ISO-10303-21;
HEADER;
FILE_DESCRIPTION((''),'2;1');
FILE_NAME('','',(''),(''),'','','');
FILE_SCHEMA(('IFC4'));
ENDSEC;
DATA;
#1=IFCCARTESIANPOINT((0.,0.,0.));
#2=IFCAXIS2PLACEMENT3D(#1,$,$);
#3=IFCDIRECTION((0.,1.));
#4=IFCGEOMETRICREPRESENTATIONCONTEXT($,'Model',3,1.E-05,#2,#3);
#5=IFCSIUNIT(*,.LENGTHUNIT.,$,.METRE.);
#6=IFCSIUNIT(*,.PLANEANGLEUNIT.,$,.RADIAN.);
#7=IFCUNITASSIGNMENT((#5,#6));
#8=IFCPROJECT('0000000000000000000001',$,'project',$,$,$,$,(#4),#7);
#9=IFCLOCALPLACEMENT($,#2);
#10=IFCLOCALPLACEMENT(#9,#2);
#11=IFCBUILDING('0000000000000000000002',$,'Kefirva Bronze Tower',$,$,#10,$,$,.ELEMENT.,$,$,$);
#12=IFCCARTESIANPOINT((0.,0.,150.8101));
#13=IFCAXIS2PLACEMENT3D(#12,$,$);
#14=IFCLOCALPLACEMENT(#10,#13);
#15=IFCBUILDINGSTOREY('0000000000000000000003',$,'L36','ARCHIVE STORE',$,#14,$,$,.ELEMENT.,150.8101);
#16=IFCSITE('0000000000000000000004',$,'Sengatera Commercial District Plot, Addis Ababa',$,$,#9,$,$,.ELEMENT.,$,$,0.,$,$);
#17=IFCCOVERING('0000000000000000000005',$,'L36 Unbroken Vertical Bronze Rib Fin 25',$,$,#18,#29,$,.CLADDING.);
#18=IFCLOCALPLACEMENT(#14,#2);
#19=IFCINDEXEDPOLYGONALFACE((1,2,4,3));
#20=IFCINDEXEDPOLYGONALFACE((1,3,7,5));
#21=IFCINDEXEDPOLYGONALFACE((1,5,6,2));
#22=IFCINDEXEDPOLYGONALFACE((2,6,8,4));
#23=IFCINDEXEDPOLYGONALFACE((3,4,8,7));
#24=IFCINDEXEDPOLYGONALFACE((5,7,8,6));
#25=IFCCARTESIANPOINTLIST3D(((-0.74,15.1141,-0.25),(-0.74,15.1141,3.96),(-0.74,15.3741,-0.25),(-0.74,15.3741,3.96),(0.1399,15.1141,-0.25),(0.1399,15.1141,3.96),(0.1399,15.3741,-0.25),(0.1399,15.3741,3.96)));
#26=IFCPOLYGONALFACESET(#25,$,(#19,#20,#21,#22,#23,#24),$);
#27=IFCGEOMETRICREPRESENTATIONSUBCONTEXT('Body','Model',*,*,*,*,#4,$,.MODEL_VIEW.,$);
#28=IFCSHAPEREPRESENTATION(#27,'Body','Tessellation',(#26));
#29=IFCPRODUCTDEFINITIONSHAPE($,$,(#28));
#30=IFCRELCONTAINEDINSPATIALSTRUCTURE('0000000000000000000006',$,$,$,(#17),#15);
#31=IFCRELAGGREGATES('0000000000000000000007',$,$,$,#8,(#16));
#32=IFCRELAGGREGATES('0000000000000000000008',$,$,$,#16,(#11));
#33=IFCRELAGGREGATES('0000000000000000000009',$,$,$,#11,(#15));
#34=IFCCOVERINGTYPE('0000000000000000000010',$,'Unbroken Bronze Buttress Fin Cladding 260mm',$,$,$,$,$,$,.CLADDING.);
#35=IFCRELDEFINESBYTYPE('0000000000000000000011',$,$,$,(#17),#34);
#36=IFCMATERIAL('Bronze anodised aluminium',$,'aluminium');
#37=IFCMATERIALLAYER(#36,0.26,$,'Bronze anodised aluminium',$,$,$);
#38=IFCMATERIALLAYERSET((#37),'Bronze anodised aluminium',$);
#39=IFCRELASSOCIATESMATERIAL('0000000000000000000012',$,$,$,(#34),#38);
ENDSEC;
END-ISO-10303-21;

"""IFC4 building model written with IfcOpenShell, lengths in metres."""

from ifc_helpers import new_model, si_unit, direction, frame, origin, origin_2d, place, context, subcontext, project, spatial, rectangle, extrude, material, layer, layer_set, type_object, element, save


model = new_model("IFC4")

# Units and contexts
model_context = context("Model", 3, precision=1e-05, world=origin(), true_north=direction((0.0, 1.0)))
body_context = subcontext(model_context, "Body", "Model", "MODEL_VIEW")
ifc_project = project(units=[si_unit("LENGTHUNIT", "METRE"), si_unit("PLANEANGLEUNIT", "RADIAN")], contexts=[model_context])

# Site, building, storey
site_placement = place(None, origin())
site = spatial("IfcSite", under=ifc_project, at=site_placement, Name="Sengatera Commercial District Plot, Addis Ababa", CompositionType="ELEMENT", RefElevation=0.0)
building_placement = place(site_placement, origin())
building = spatial("IfcBuilding", under=site, at=building_placement, Name="Kefirva Bronze Tower", CompositionType="ELEMENT")
storey_placement = place(building_placement, frame((0.0, 0.0, 150.8101)))
storey = spatial("IfcBuildingStorey", under=building, at=storey_placement, Name="L36", Description="ARCHIVE STORE", CompositionType="ELEMENT", Elevation=150.8101)

# Shared definitions
ifc_material_1 = material(Name="Bronze anodised aluminium", Category="aluminium")

# Covering
ifc_layer_1 = layer(ifc_material_1, 0.26, Name="Bronze anodised aluminium")
ifc_layer_set_1 = layer_set([ifc_layer_1], Name="Bronze anodised aluminium")
covering_type_1 = type_object("IfcCoveringType", Name="Unbroken Bronze Buttress Fin Cladding 260mm", PredefinedType="CLADDING", material=ifc_layer_set_1)
for number, where, z_axis, x_axis, name in (
    (1, (-0.3, 15.2441, -0.25), (0.0, 0.0, 1.0), (0.0, -1.0, 0.0), "L36 Unbroken Vertical Bronze Rib Fin 25"),
):
    element("IfcCovering", number, at=place(storey_placement, frame(where, z_axis=z_axis, x_axis=x_axis)), inside=storey, type_object=covering_type_1, Name=name, PredefinedType="CLADDING", context=body_context, shape_type="SweptSolid", body=[
        extrude(rectangle(XDim=0.26, YDim=0.8799, at=origin_2d()), origin(), (0.0, 0.0, 1.0), 4.21),
    ])

save(model, "model.ifc")
